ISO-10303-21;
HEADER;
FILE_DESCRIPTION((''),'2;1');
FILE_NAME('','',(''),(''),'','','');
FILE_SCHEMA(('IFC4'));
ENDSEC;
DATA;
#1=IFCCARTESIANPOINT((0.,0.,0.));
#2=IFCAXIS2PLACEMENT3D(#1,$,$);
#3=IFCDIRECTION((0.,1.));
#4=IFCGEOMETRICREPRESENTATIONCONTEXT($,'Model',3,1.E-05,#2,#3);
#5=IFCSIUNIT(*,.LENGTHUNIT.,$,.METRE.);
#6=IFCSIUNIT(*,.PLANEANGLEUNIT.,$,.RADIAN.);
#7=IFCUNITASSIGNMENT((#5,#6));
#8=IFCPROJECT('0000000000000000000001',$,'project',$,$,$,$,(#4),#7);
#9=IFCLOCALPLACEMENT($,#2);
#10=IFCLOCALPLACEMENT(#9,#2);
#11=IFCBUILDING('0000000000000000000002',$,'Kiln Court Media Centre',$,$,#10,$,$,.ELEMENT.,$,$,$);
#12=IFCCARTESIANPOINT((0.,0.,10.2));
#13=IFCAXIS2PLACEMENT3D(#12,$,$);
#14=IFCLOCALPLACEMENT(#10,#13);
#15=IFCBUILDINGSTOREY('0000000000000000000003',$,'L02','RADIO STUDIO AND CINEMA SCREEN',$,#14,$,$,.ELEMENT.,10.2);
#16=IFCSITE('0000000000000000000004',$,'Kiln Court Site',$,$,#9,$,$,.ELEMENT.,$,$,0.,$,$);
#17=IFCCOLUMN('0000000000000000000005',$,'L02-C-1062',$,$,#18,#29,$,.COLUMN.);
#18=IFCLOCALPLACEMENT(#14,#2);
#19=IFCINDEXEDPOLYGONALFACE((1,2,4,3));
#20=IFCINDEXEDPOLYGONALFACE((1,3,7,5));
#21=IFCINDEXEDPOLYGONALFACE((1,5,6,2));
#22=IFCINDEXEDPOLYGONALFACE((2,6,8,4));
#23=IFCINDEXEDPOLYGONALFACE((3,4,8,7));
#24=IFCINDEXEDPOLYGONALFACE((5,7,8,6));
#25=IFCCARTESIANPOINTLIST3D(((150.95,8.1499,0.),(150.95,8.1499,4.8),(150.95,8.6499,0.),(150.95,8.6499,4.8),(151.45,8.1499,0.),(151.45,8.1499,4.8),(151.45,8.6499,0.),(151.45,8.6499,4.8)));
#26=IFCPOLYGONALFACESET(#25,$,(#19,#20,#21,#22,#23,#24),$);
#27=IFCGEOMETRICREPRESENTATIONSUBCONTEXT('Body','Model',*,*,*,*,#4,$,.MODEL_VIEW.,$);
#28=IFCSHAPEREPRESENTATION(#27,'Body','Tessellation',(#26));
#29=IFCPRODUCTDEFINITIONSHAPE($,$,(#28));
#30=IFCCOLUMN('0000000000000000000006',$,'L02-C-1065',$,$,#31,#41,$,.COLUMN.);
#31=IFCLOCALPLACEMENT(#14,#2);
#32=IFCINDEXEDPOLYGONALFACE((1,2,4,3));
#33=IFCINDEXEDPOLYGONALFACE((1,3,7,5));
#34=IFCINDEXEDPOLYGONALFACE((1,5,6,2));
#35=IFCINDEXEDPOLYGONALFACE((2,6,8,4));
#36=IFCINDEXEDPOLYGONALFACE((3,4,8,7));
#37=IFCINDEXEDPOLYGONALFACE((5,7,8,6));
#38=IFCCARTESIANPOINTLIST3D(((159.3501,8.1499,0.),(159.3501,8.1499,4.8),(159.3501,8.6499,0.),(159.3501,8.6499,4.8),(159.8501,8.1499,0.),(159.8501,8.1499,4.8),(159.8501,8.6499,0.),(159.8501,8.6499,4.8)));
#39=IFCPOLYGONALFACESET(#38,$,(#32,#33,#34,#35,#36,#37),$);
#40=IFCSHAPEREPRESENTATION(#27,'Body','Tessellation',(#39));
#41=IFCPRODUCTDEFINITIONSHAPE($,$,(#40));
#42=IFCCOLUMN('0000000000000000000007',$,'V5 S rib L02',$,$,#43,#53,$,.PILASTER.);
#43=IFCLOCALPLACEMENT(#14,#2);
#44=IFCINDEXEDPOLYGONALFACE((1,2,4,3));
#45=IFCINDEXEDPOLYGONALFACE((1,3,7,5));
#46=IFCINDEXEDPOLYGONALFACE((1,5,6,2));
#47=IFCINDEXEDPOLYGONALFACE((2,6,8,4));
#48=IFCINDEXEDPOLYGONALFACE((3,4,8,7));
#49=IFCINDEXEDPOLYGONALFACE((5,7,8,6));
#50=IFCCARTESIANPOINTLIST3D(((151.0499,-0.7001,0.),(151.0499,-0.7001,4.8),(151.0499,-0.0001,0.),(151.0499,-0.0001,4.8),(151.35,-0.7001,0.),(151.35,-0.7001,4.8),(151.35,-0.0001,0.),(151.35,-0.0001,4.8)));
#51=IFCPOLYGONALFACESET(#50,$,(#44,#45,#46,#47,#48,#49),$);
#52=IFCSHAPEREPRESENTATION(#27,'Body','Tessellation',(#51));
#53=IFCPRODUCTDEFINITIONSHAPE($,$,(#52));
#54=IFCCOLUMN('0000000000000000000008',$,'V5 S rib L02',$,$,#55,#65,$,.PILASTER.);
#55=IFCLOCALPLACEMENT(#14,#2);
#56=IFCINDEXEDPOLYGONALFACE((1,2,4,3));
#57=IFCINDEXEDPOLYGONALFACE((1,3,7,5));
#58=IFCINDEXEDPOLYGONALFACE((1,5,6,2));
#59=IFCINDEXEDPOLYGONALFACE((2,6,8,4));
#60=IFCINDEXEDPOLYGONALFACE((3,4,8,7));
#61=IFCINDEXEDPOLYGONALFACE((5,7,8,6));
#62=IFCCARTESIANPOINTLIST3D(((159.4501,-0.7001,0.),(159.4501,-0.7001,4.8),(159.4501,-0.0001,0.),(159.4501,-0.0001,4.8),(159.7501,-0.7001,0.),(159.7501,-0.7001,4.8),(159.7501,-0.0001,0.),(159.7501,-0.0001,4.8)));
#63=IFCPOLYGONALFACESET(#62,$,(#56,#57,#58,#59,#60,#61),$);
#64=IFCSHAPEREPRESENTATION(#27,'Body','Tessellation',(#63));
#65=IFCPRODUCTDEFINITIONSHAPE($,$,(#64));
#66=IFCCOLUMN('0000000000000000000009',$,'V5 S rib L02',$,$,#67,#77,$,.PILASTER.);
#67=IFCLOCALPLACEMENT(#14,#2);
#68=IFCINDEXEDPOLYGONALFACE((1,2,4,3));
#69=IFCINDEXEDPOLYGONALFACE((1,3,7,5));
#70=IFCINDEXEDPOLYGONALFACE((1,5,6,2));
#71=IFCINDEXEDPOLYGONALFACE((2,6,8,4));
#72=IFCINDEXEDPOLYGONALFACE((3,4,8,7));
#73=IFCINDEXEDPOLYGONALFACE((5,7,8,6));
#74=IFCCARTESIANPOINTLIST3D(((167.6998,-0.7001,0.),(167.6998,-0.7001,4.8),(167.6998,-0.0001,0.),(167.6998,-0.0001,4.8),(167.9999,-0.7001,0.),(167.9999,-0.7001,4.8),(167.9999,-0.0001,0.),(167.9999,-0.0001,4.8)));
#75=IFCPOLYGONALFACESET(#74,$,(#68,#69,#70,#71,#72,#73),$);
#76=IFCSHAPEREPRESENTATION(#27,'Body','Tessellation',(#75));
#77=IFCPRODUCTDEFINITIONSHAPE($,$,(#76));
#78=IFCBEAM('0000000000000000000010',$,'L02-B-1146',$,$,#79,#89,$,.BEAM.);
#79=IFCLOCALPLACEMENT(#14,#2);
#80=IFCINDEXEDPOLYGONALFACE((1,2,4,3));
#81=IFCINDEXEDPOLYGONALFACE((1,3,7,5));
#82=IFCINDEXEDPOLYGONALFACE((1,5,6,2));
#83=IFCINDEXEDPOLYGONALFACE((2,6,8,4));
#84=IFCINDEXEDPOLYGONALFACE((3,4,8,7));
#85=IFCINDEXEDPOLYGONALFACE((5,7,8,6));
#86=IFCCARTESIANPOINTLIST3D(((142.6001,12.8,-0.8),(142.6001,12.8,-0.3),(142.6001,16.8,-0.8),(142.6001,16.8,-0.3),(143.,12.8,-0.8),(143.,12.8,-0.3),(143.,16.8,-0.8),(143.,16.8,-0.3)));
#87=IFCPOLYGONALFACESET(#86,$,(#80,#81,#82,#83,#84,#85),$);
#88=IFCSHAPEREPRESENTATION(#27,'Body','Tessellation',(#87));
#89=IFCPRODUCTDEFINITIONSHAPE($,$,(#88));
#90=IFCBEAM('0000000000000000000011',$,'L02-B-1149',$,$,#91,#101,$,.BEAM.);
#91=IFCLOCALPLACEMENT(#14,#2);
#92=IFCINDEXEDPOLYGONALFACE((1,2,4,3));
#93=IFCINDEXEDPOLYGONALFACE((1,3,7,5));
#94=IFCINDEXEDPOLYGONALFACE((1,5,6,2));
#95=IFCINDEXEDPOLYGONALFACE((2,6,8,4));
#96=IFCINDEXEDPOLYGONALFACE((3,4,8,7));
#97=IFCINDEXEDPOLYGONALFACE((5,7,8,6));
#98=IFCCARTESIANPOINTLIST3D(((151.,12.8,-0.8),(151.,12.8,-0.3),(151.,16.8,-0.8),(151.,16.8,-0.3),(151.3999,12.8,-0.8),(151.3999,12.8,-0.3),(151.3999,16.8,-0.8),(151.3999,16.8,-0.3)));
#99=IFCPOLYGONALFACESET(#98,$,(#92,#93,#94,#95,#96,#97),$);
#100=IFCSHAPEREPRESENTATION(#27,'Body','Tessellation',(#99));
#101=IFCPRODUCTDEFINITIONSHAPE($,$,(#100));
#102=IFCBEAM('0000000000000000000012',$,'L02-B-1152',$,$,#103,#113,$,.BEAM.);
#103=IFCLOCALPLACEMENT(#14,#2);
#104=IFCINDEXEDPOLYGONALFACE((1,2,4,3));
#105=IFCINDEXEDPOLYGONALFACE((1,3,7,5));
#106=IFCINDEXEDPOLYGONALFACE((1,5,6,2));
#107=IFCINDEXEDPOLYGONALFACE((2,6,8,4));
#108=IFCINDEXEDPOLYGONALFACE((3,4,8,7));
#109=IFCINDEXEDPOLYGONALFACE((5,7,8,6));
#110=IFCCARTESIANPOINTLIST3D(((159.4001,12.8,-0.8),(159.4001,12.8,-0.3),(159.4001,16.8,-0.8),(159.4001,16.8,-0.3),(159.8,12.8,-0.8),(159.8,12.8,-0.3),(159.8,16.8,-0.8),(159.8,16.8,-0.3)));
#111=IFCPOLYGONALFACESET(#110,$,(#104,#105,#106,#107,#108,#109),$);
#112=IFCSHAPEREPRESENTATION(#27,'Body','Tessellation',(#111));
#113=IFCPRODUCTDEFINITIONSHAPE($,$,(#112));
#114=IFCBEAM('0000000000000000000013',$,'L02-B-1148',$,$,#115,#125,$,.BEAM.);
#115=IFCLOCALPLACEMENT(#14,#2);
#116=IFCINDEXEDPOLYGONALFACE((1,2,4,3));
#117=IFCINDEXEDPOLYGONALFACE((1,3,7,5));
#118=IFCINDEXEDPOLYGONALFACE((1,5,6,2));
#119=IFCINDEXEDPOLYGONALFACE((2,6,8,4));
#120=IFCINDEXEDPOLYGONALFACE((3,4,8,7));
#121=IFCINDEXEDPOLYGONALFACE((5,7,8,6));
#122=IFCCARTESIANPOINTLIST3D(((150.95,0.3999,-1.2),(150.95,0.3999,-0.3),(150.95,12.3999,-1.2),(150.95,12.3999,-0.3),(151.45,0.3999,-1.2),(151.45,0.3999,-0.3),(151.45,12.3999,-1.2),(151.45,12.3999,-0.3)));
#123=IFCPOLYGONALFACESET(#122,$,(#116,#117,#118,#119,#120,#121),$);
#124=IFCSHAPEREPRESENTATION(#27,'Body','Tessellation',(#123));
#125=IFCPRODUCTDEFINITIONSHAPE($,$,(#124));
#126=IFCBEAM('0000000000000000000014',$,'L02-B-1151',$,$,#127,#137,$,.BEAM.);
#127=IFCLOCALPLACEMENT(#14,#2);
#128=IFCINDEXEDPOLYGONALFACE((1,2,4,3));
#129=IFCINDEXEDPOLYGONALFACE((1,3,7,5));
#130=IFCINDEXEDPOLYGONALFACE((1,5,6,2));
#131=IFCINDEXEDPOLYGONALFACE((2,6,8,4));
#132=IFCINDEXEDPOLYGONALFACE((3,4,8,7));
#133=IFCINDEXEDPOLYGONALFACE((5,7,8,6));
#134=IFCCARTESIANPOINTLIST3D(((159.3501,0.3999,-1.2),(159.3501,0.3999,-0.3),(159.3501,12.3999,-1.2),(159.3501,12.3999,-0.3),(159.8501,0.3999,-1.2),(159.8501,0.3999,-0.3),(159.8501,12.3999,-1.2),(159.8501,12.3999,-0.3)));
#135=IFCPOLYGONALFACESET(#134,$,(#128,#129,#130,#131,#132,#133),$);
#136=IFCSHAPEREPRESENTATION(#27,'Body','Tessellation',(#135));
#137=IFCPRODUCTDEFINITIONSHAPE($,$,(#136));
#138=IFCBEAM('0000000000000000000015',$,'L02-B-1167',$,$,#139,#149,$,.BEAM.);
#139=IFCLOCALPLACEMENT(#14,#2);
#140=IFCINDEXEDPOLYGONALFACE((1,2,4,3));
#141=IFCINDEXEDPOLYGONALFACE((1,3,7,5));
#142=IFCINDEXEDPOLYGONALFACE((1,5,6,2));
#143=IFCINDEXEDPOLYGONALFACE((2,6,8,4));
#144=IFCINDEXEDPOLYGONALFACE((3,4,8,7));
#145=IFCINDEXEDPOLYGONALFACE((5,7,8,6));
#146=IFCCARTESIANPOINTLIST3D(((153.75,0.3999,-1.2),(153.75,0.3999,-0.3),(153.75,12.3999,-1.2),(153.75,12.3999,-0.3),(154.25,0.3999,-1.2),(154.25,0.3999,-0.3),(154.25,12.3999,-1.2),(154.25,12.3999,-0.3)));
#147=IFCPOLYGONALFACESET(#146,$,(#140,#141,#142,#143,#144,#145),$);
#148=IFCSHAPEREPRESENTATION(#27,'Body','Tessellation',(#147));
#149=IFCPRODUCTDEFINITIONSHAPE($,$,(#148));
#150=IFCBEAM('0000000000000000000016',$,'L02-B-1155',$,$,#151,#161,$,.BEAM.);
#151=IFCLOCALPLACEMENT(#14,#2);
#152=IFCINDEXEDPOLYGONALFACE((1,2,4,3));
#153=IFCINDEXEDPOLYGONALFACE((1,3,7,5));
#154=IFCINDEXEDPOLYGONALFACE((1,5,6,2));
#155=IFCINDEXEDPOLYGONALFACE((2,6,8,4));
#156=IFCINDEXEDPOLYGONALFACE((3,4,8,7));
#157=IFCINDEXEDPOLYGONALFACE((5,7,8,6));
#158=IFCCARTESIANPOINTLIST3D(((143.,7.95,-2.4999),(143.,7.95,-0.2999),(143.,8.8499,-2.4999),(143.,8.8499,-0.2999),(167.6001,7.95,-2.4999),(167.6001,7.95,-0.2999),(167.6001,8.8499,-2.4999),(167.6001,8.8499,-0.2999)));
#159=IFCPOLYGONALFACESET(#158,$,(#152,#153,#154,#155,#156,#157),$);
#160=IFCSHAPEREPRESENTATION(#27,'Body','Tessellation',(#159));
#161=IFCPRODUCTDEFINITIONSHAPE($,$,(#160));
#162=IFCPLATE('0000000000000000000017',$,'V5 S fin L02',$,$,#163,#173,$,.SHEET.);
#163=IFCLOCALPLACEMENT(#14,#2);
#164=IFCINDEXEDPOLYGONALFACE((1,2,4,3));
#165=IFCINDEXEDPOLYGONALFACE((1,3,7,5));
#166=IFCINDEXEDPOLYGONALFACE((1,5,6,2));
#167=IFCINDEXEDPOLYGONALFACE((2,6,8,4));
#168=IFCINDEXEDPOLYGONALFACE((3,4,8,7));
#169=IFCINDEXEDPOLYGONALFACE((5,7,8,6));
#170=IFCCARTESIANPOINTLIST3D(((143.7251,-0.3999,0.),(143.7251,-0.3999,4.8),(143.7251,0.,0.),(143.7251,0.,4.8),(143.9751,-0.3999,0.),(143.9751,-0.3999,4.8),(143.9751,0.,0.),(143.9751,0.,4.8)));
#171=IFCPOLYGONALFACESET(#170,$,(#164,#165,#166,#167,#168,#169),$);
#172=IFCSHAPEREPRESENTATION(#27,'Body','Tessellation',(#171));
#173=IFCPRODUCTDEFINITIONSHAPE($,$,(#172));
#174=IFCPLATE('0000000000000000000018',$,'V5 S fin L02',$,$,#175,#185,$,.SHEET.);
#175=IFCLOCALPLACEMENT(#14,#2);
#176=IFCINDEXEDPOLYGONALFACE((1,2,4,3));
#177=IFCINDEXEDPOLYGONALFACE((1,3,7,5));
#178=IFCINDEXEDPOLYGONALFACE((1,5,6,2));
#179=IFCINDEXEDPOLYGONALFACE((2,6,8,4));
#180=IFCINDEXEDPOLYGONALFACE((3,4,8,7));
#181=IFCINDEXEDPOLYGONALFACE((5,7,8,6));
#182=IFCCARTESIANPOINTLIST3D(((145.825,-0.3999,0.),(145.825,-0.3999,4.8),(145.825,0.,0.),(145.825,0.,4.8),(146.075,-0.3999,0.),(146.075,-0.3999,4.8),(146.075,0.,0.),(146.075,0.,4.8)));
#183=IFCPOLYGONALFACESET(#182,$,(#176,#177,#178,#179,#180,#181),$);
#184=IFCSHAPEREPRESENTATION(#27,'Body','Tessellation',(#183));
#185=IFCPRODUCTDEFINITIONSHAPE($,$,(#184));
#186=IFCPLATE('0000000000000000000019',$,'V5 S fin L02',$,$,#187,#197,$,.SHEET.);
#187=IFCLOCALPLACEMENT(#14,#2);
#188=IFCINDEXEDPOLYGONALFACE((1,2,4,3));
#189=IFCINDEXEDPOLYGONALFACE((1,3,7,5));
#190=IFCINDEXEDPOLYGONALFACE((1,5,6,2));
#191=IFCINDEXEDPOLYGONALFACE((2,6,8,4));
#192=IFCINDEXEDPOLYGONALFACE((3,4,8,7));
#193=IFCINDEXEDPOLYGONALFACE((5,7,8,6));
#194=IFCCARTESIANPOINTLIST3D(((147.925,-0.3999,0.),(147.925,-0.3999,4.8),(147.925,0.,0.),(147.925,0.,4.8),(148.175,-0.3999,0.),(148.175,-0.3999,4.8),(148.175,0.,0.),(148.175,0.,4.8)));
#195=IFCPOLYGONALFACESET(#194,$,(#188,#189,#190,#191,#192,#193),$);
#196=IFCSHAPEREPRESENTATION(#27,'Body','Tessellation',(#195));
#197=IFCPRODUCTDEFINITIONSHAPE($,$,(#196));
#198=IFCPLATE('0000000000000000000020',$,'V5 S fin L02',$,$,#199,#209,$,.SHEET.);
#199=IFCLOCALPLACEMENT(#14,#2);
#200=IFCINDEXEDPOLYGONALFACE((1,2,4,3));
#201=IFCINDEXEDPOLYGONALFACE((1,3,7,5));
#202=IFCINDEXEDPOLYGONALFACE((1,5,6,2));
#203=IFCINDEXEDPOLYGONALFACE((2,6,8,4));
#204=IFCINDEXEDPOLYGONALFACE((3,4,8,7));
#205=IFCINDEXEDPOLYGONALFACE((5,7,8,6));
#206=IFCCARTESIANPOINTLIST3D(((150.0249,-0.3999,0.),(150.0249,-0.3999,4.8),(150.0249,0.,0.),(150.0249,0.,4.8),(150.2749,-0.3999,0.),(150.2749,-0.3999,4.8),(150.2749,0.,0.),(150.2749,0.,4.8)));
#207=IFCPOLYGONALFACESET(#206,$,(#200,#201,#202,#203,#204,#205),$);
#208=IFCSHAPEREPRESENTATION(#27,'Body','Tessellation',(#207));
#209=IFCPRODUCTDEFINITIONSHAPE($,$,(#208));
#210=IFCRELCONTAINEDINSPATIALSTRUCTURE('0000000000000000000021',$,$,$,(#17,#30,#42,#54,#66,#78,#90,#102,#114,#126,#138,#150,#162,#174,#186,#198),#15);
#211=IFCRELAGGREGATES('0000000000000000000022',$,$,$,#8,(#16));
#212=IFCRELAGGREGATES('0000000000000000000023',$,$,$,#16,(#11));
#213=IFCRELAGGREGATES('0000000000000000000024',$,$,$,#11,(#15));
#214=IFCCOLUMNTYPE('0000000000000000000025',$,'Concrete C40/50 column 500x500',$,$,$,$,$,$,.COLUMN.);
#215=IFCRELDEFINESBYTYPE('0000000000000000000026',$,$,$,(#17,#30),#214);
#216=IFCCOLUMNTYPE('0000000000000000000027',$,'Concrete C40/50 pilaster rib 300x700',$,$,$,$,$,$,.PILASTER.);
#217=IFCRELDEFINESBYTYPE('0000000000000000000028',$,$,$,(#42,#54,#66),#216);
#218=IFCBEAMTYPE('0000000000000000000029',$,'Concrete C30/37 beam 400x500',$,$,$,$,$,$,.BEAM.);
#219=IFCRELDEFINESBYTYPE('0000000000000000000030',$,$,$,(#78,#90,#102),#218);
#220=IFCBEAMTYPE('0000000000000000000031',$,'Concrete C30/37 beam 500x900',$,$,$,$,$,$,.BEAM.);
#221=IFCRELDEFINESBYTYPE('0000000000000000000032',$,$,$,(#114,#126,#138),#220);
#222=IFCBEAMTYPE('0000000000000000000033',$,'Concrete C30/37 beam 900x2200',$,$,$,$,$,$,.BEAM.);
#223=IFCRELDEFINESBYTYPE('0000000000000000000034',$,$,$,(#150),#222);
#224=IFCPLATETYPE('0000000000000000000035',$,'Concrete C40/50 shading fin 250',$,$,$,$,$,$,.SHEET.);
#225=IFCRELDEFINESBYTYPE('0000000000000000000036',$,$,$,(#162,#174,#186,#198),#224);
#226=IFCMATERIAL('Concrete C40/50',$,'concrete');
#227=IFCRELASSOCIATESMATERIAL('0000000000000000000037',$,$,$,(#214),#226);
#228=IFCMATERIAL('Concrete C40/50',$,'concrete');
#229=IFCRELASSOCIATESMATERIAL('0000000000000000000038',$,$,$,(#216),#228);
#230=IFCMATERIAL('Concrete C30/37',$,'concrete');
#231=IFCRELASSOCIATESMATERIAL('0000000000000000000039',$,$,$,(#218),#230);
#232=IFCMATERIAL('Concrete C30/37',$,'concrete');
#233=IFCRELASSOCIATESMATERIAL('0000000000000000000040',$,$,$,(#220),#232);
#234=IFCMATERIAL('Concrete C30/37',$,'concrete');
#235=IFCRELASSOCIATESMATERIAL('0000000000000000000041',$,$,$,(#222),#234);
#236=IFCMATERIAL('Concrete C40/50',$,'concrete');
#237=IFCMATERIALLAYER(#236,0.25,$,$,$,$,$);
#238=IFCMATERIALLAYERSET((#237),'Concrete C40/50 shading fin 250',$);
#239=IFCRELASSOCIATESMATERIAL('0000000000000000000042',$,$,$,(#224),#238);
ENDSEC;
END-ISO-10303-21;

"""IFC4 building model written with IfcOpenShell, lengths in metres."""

from ifc_helpers import new_model, si_unit, direction, frame, origin, origin_2d, place, context, subcontext, project, spatial, rectangle, extrude, material, layer, layer_set, material_profile, profile_set, type_object, element, save


model = new_model("IFC4")

# Units and contexts
model_context = context("Model", 3, precision=1e-05, world=origin(), true_north=direction((0.0, 1.0)))
body_context = subcontext(model_context, "Body", "Model", "MODEL_VIEW")
ifc_project = project(units=[si_unit("LENGTHUNIT", "METRE"), si_unit("PLANEANGLEUNIT", "RADIAN")], contexts=[model_context])

# Site, building, storey
site_placement = place(None, origin())
site = spatial("IfcSite", under=ifc_project, at=site_placement, Name="Kiln Court Site", CompositionType="ELEMENT", RefElevation=0.0)
building_placement = place(site_placement, origin())
building = spatial("IfcBuilding", under=site, at=building_placement, Name="Kiln Court Media Centre", CompositionType="ELEMENT")
storey_placement = place(building_placement, frame((0.0, 0.0, 10.2)))
storey = spatial("IfcBuildingStorey", under=building, at=storey_placement, Name="L02", Description="RADIO STUDIO AND CINEMA SCREEN", CompositionType="ELEMENT", Elevation=10.2)

# Columns
ifc_material_1 = material(Name="Concrete C40/50", Category="concrete")
ifc_material_profile_1 = material_profile(ifc_material_1, rectangle(XDim=0.5, YDim=0.5, at=origin_2d()), Name="RC 500x500")
ifc_profile_set_1 = profile_set([ifc_material_profile_1], Name="Concrete C40/50")
column_type_1 = type_object("IfcColumnType", Name="Concrete C40/50 column 500x500", PredefinedType="COLUMN", material=ifc_profile_set_1)
for number, where, z_axis, x_axis, name in (
    (1, (151.2, 8.3999, 0.0), (0.0, 0.0, 1.0), (1.0, 0.0, 0.0), "L02-C-1062"),
    (2, (159.6001, 8.3999, 0.0), (0.0, 0.0, 1.0), (1.0, 0.0, 0.0), "L02-C-1065"),
):
    element("IfcColumn", number, at=place(storey_placement, frame(where, z_axis=z_axis, x_axis=x_axis)), inside=storey, type_object=column_type_1, Name=name, PredefinedType="COLUMN", context=body_context, shape_type="SweptSolid", body=[
        extrude(rectangle(XDim=0.5, YDim=0.5, at=origin_2d()), origin(), (0.0, 0.0, 1.0), 4.8),
    ])
ifc_material_2 = material(Name="Concrete C40/50", Category="concrete")
ifc_material_profile_2 = material_profile(ifc_material_2, rectangle(XDim=0.3, YDim=0.7, at=origin_2d()), Name="RC 300x700")
ifc_profile_set_2 = profile_set([ifc_material_profile_2], Name="Concrete C40/50")
column_type_2 = type_object("IfcColumnType", Name="Concrete C40/50 pilaster rib 300x700", PredefinedType="PILASTER", material=ifc_profile_set_2)
for number, where, z_axis, x_axis, name in (
    (3, (151.2, -0.3501, 0.0), (0.0, 0.0, 1.0), (1.0, 0.0, 0.0), "V5 S rib L02"),
    (4, (159.6001, -0.3501, 0.0), (0.0, 0.0, 1.0), (1.0, 0.0, 0.0), "V5 S rib L02"),
    (5, (167.8499, -0.3501, 0.0), (0.0, 0.0, 1.0), (1.0, 0.0, 0.0), "V5 S rib L02"),
):
    element("IfcColumn", number, at=place(storey_placement, frame(where, z_axis=z_axis, x_axis=x_axis)), inside=storey, type_object=column_type_2, Name=name, PredefinedType="PILASTER", context=body_context, shape_type="SweptSolid", body=[
        extrude(rectangle(XDim=0.3, YDim=0.7, at=origin_2d()), origin(), (0.0, 0.0, 1.0), 4.8),
    ])

# Beams
ifc_material_3 = material(Name="Concrete C30/37", Category="concrete")
ifc_material_profile_3 = material_profile(ifc_material_3, rectangle(XDim=0.3999, YDim=0.5, at=origin_2d()), Name="RC 400x500")
ifc_profile_set_3 = profile_set([ifc_material_profile_3], Name="Concrete C30/37")
beam_type_1 = type_object("IfcBeamType", Name="Concrete C30/37 beam 400x500", PredefinedType="BEAM", material=ifc_profile_set_3)
for number, where, z_axis, x_axis, name in (
    (6, (142.8, 12.8, -0.55), (0.0, 1.0, 0.0), (-1.0, 0.0, 0.0), "L02-B-1146"),
    (7, (151.2, 12.8, -0.55), (0.0, 1.0, 0.0), (-1.0, 0.0, 0.0), "L02-B-1149"),
    (8, (159.6001, 12.8, -0.55), (0.0, 1.0, 0.0), (-1.0, 0.0, 0.0), "L02-B-1152"),
):
    element("IfcBeam", number, at=place(storey_placement, frame(where, z_axis=z_axis, x_axis=x_axis)), inside=storey, type_object=beam_type_1, Name=name, PredefinedType="BEAM", context=body_context, shape_type="SweptSolid", body=[
        extrude(rectangle(XDim=0.3999, YDim=0.5, at=origin_2d()), origin(), (0.0, 0.0, 1.0), 4.0),
    ])
ifc_material_4 = material(Name="Concrete C30/37", Category="concrete")
ifc_material_profile_4 = material_profile(ifc_material_4, rectangle(XDim=0.5, YDim=0.8999, at=origin_2d()), Name="RC 500x900")
ifc_profile_set_4 = profile_set([ifc_material_profile_4], Name="Concrete C30/37")
beam_type_2 = type_object("IfcBeamType", Name="Concrete C30/37 beam 500x900", PredefinedType="BEAM", material=ifc_profile_set_4)
for number, where, z_axis, x_axis, name in (
    (9, (151.2, 0.3999, -0.75), (0.0, 1.0, 0.0), (-1.0, 0.0, 0.0), "L02-B-1148"),
    (10, (159.6001, 0.3999, -0.75), (0.0, 1.0, 0.0), (-1.0, 0.0, 0.0), "L02-B-1151"),
    (11, (154.0, 12.3999, -0.75), (0.0, -1.0, 0.0), (1.0, 0.0, 0.0), "L02-B-1167"),
):
    element("IfcBeam", number, at=place(storey_placement, frame(where, z_axis=z_axis, x_axis=x_axis)), inside=storey, type_object=beam_type_2, Name=name, PredefinedType="BEAM", context=body_context, shape_type="SweptSolid", body=[
        extrude(rectangle(XDim=0.5, YDim=0.8999, at=origin_2d()), origin(), (0.0, 0.0, 1.0), 12.0),
    ])
ifc_material_5 = material(Name="Concrete C30/37", Category="concrete")
ifc_material_profile_5 = material_profile(ifc_material_5, rectangle(XDim=0.8999, YDim=2.2, at=origin_2d()), Name="RC 900x2200")
ifc_profile_set_5 = profile_set([ifc_material_profile_5], Name="Concrete C30/37")
beam_type_3 = type_object("IfcBeamType", Name="Concrete C30/37 beam 900x2200", PredefinedType="BEAM", material=ifc_profile_set_5)
beam_placement = place(storey_placement, frame((143.0, 8.3999, -1.3999), z_axis=(1.0, 0.0, 0.0), x_axis=(0.0, 1.0, 0.0)))
element("IfcBeam", 12, at=beam_placement, inside=storey, type_object=beam_type_3, Name="L02-B-1155", PredefinedType="BEAM", context=body_context, shape_type="SweptSolid", body=[
    extrude(rectangle(XDim=0.8999, YDim=2.2, at=origin_2d()), origin(), (0.0, 0.0, 1.0), 24.6001),
])

# Plates
ifc_material_6 = material(Name="Concrete C40/50", Category="concrete")
ifc_layer_1 = layer(ifc_material_6, 0.25)
ifc_layer_set_1 = layer_set([ifc_layer_1], Name="Concrete C40/50 shading fin 250")
plate_type = type_object("IfcPlateType", Name="Concrete C40/50 shading fin 250", PredefinedType="SHEET", material=ifc_layer_set_1)
for number, where, z_axis, x_axis, name in (
    (13, (143.8501, -0.2, 0.0), (0.0, 0.0, 1.0), (1.0, 0.0, 0.0), "V5 S fin L02"),
    (14, (145.95, -0.2, 0.0), (0.0, 0.0, 1.0), (1.0, 0.0, 0.0), "V5 S fin L02"),
    (15, (148.05, -0.2, 0.0), (0.0, 0.0, 1.0), (1.0, 0.0, 0.0), "V5 S fin L02"),
    (16, (150.1499, -0.2, 0.0), (0.0, 0.0, 1.0), (1.0, 0.0, 0.0), "V5 S fin L02"),
):
    element("IfcPlate", number, at=place(storey_placement, frame(where, z_axis=z_axis, x_axis=x_axis)), inside=storey, type_object=plate_type, Name=name, PredefinedType="SHEET", context=body_context, shape_type="SweptSolid", body=[
        extrude(rectangle(XDim=0.25, YDim=0.3999, at=origin_2d()), origin(), (0.0, 0.0, 1.0), 4.8),
    ])

save(model, "model.ifc")
